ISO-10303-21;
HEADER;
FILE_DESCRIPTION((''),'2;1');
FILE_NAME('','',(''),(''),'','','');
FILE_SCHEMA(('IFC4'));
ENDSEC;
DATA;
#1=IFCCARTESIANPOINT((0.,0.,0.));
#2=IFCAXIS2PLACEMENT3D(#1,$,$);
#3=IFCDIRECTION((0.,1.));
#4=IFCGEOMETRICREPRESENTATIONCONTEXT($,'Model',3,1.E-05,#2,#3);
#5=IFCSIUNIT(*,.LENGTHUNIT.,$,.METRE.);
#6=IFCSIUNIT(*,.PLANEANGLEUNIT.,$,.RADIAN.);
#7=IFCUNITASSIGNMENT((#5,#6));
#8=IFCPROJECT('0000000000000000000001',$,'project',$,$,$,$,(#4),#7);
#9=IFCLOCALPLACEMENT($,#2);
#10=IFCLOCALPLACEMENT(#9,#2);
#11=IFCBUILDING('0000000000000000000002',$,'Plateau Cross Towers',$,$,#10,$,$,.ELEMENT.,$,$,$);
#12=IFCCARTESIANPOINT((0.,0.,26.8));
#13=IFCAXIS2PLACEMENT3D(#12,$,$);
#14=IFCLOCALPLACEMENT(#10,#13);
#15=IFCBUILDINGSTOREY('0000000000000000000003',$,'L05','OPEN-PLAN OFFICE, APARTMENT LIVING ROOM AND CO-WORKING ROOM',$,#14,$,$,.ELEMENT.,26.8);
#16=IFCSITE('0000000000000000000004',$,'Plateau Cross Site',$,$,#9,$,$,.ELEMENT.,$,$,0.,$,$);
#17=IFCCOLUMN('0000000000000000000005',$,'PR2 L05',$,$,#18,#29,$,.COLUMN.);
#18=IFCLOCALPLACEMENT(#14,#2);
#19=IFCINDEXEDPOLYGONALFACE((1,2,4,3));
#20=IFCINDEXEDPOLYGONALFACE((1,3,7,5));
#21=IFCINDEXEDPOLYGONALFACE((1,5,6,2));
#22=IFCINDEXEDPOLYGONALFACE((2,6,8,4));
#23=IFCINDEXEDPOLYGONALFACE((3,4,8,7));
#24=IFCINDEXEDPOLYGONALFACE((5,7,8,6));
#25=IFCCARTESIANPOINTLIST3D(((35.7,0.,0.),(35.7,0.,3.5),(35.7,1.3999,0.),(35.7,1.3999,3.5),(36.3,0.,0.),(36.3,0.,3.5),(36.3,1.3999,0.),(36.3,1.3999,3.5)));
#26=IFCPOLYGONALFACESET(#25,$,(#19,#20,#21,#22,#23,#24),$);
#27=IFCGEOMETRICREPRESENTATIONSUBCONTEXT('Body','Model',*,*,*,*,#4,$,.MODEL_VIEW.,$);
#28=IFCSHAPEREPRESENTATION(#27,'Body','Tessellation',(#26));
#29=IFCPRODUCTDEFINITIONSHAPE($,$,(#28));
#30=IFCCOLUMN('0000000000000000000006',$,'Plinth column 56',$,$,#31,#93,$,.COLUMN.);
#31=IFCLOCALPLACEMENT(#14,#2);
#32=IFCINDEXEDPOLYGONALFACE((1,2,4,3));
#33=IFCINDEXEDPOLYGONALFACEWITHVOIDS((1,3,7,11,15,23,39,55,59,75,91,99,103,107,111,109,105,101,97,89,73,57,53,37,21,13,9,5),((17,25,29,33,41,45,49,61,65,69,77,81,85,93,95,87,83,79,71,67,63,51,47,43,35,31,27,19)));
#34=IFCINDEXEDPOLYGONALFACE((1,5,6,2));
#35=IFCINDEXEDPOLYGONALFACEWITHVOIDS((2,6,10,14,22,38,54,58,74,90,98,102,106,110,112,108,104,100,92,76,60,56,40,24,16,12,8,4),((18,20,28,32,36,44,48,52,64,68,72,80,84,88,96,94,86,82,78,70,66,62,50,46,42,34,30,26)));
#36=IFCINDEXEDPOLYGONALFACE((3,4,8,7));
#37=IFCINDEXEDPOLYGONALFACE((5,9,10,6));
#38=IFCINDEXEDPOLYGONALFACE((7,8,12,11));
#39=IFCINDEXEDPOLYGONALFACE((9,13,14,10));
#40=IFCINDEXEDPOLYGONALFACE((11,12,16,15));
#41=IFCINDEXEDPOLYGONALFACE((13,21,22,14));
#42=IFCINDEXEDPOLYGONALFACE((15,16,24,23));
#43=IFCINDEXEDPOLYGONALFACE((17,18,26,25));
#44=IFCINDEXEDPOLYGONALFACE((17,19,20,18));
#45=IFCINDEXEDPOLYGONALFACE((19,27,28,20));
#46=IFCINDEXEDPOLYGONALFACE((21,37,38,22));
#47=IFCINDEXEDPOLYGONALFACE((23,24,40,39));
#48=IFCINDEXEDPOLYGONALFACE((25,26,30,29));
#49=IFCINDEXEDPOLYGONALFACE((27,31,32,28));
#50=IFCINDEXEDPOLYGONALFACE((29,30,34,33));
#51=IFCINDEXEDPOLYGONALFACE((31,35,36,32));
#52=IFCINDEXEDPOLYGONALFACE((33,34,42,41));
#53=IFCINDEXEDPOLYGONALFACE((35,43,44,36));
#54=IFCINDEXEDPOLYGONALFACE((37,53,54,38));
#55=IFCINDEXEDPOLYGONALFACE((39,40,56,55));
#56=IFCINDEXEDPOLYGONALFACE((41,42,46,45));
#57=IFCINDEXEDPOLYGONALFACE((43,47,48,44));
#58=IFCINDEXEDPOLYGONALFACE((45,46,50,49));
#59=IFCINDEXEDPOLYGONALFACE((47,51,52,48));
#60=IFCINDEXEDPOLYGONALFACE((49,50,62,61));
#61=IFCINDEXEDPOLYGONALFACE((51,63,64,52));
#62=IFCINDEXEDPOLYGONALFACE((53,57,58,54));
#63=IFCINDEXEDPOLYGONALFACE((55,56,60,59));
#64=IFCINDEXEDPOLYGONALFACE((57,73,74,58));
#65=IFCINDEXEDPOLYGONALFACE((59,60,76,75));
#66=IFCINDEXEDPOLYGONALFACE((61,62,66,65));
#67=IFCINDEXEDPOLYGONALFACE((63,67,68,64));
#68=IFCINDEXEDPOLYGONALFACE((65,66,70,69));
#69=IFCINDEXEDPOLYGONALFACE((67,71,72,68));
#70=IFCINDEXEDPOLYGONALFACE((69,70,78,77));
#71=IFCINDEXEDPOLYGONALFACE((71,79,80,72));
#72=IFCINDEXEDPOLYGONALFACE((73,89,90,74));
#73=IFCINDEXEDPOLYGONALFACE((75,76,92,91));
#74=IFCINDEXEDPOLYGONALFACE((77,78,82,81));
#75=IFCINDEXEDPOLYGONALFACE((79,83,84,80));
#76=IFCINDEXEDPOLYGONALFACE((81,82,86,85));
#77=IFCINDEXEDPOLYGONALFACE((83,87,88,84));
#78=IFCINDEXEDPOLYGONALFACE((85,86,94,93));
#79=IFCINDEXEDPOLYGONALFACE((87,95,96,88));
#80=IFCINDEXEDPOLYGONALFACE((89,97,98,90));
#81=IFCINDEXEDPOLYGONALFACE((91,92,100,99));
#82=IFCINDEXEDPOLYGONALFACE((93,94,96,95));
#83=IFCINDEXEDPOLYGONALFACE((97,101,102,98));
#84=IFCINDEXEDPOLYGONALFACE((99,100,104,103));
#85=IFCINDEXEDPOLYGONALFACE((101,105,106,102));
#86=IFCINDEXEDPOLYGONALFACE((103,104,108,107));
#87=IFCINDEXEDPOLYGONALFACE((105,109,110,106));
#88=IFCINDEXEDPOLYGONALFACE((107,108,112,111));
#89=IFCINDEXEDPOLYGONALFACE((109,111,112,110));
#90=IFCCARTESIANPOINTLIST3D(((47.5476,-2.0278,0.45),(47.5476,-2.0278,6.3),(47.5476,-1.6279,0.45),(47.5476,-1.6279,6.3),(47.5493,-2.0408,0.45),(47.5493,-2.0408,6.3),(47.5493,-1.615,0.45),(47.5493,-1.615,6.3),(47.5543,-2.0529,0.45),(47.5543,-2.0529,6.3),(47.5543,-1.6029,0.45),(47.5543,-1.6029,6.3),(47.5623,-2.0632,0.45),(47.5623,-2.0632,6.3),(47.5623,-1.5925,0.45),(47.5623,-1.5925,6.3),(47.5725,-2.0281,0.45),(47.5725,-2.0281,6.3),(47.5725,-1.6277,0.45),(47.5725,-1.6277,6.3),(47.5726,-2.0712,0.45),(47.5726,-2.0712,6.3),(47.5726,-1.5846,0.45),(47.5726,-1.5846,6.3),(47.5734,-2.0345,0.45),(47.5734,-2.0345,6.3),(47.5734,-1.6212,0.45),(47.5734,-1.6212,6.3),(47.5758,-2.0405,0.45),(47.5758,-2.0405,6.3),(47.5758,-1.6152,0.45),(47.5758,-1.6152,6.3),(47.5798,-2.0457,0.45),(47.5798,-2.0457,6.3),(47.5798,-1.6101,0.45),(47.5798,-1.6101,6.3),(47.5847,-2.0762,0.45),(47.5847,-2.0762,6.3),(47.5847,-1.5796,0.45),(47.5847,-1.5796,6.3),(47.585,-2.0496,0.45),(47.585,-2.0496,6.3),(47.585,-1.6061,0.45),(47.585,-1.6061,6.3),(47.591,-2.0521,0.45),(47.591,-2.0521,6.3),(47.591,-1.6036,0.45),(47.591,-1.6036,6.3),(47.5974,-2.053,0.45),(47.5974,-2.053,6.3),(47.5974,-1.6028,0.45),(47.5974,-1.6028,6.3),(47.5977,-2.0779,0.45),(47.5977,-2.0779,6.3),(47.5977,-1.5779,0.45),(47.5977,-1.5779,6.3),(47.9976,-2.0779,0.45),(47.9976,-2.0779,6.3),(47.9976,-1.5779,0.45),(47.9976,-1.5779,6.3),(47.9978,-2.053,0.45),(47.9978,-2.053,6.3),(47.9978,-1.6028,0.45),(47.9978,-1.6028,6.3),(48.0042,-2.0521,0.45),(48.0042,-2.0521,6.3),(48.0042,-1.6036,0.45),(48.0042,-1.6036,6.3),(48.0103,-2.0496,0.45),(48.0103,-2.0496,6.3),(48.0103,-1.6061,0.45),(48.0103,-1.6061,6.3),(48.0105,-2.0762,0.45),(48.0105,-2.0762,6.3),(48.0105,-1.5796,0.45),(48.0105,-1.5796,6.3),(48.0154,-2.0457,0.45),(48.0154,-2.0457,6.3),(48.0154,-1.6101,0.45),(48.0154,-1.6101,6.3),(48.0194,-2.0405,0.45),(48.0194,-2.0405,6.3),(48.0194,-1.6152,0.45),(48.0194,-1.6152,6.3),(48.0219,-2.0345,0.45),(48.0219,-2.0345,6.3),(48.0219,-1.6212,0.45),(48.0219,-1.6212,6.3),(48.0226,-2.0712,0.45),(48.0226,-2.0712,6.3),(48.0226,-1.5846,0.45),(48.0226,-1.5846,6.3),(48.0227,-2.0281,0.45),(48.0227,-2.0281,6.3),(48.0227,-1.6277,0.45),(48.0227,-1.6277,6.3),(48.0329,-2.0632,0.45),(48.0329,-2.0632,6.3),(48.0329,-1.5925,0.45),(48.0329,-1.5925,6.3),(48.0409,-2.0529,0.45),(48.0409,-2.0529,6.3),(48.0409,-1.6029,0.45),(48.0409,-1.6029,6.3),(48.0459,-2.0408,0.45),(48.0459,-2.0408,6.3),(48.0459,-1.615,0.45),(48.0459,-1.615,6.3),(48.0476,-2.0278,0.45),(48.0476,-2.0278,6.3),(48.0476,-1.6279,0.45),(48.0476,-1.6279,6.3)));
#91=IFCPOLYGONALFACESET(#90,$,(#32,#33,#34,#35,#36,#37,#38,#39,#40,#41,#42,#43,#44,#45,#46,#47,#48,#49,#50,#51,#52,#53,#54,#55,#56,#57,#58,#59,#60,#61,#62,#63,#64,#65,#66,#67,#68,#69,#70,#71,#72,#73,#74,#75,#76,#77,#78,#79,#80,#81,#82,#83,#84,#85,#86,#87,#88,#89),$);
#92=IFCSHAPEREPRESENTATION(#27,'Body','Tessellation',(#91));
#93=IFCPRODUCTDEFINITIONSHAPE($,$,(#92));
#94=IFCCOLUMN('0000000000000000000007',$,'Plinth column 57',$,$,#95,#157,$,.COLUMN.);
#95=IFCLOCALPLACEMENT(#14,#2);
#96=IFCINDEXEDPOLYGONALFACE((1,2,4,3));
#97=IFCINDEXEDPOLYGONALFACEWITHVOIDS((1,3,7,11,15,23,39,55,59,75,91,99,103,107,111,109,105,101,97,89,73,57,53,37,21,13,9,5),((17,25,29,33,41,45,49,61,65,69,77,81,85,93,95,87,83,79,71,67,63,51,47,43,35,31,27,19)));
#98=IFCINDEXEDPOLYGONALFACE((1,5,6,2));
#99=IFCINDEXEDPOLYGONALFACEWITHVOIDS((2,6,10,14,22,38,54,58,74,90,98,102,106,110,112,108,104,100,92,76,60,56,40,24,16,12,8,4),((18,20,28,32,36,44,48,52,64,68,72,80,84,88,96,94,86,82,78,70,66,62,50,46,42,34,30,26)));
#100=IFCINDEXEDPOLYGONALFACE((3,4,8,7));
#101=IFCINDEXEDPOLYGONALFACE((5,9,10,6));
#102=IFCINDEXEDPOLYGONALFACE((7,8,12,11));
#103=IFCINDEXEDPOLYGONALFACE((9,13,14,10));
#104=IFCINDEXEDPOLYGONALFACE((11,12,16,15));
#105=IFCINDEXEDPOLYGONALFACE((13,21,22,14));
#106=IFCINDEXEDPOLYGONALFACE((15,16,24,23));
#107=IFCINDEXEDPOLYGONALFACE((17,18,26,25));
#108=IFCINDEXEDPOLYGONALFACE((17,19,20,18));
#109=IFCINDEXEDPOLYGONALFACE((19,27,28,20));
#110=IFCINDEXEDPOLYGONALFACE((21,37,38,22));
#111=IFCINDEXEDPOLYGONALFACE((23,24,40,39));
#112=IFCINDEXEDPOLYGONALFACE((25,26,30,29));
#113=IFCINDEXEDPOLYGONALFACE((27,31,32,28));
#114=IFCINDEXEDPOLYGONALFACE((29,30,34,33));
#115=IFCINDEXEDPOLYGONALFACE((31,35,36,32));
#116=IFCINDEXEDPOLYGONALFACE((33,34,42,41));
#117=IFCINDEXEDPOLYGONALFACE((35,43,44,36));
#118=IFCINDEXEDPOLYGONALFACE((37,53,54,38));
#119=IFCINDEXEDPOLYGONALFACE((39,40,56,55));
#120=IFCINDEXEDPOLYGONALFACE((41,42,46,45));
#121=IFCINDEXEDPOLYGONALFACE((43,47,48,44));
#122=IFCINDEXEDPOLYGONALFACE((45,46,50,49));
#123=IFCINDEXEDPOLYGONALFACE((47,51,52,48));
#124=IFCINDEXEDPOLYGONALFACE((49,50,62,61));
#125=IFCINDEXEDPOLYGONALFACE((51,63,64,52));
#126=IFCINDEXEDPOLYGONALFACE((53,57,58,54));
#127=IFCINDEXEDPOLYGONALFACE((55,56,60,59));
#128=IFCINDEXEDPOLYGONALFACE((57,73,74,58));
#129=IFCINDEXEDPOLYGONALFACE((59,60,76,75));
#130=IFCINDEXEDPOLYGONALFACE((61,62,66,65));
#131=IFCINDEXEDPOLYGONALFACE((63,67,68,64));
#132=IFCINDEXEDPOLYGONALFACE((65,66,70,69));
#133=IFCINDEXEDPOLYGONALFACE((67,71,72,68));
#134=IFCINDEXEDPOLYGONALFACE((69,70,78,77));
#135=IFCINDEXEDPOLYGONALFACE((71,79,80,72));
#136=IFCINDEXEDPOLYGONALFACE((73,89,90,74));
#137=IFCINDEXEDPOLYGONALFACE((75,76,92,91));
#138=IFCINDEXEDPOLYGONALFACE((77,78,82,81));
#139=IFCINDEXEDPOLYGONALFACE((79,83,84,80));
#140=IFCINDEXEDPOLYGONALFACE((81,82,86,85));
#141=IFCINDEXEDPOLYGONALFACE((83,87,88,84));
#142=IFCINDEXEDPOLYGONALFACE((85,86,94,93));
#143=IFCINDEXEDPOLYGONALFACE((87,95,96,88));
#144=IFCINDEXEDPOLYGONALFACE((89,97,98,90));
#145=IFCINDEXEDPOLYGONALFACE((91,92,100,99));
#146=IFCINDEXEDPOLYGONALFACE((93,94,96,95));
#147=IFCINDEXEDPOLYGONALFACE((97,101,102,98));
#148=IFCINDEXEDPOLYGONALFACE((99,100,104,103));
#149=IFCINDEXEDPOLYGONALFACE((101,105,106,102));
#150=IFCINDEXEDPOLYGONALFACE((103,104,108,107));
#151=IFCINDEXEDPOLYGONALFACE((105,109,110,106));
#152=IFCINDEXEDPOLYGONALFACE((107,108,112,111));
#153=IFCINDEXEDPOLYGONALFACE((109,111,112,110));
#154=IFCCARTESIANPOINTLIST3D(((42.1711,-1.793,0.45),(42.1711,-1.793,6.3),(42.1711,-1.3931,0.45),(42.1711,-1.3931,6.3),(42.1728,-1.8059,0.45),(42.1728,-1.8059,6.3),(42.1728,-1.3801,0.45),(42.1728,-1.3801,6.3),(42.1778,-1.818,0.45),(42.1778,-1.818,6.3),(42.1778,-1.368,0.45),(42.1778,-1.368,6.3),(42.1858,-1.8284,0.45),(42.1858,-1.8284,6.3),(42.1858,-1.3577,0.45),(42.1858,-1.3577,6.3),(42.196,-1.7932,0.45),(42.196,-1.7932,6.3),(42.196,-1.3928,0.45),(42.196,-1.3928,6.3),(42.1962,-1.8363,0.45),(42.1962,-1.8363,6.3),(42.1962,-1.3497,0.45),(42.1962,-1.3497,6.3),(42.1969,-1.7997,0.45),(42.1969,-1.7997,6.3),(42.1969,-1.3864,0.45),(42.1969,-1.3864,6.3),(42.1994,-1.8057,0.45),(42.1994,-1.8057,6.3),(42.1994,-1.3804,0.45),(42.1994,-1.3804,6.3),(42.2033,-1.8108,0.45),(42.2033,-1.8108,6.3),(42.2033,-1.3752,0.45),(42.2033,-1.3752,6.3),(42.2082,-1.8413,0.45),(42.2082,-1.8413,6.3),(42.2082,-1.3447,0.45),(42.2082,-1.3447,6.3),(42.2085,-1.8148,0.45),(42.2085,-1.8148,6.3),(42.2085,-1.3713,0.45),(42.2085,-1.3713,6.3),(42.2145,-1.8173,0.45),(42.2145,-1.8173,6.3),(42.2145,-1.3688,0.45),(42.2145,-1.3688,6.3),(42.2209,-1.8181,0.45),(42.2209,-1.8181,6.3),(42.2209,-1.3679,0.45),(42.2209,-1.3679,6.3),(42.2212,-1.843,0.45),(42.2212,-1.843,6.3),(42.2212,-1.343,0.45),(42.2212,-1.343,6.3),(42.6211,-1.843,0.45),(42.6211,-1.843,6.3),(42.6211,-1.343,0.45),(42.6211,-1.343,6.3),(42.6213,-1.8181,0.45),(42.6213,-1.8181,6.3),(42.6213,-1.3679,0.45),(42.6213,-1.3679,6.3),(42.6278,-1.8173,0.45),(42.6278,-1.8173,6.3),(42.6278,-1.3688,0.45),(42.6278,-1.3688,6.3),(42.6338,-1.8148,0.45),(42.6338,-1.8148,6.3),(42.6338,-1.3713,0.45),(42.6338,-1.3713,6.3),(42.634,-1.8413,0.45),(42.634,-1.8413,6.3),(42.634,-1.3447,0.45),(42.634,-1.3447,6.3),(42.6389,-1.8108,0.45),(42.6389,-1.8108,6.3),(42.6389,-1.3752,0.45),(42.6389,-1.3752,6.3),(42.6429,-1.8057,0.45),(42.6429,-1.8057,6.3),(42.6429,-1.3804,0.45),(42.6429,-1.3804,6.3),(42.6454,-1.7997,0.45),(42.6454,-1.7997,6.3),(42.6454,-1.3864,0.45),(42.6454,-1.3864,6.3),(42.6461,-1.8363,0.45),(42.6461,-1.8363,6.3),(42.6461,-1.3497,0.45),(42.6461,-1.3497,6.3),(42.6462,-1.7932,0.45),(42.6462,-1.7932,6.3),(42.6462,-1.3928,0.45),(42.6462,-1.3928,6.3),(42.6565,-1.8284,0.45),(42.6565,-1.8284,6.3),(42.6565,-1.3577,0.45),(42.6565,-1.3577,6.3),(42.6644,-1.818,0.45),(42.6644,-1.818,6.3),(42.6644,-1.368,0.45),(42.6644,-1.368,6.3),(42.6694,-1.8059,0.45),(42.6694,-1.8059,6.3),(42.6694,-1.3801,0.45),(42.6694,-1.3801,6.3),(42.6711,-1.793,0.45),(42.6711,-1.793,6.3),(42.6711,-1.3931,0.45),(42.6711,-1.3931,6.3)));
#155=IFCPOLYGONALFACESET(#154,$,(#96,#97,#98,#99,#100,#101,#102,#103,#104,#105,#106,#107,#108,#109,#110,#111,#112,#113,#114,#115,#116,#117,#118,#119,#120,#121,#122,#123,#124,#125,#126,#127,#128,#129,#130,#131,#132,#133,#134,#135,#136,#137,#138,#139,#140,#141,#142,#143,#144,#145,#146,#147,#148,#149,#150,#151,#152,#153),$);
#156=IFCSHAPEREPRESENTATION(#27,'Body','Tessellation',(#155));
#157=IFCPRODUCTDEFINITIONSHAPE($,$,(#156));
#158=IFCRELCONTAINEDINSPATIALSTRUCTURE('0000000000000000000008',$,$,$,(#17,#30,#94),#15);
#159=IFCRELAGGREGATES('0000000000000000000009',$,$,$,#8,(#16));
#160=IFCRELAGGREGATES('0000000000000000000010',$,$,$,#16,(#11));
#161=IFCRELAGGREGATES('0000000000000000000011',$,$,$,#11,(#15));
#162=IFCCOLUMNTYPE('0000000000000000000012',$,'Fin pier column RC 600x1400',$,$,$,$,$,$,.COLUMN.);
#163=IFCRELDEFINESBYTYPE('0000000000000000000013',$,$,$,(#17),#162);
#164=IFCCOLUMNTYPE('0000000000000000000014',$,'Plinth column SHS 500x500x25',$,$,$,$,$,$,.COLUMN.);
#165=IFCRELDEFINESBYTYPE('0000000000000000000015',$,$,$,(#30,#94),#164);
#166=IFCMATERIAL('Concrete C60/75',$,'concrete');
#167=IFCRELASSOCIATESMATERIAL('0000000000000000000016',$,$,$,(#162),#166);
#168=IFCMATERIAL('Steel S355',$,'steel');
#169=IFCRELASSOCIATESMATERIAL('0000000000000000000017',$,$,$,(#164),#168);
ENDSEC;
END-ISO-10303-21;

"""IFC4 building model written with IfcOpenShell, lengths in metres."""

from ifc_helpers import new_model, si_unit, direction, frame, origin, origin_2d, place, context, subcontext, project, spatial, rectangle, hollow_rectangle, extrude, material, material_profile, profile_set, type_object, element, save


model = new_model("IFC4")

# Units and contexts
model_context = context("Model", 3, precision=1e-05, world=origin(), true_north=direction((0.0, 1.0)))
body_context = subcontext(model_context, "Body", "Model", "MODEL_VIEW")
ifc_project = project(units=[si_unit("LENGTHUNIT", "METRE"), si_unit("PLANEANGLEUNIT", "RADIAN")], contexts=[model_context])

# Site, building, storey
site_placement = place(None, origin())
site = spatial("IfcSite", under=ifc_project, at=site_placement, Name="Plateau Cross Site", CompositionType="ELEMENT", RefElevation=0.0)
building_placement = place(site_placement, origin())
building = spatial("IfcBuilding", under=site, at=building_placement, Name="Plateau Cross Towers", CompositionType="ELEMENT")
storey_placement = place(building_placement, frame((0.0, 0.0, 26.8)))
storey = spatial("IfcBuildingStorey", under=building, at=storey_placement, Name="L05", Description="OPEN-PLAN OFFICE, APARTMENT LIVING ROOM AND CO-WORKING ROOM", CompositionType="ELEMENT", Elevation=26.8)

# Columns
ifc_material_1 = material(Name="Concrete C60/75", Category="concrete")
ifc_material_profile_1 = material_profile(ifc_material_1, rectangle(XDim=0.6001, YDim=1.3999, at=origin_2d()), Name="RC 600x1400")
ifc_profile_set_1 = profile_set([ifc_material_profile_1], Name="Concrete C60/75")
column_type_1 = type_object("IfcColumnType", Name="Fin pier column RC 600x1400", PredefinedType="COLUMN", material=ifc_profile_set_1)
column_placement = place(storey_placement, frame((36.0, 0.7, 0.0), z_axis=(0.0, 0.0, 1.0), x_axis=(1.0, 0.0, 0.0)))
element("IfcColumn", 1, at=column_placement, inside=storey, type_object=column_type_1, Name="PR2 L05", PredefinedType="COLUMN", context=body_context, shape_type="SweptSolid", body=[
    extrude(rectangle(XDim=0.6001, YDim=1.3999, at=origin_2d()), origin(), (0.0, 0.0, 1.0), 3.5),
])
ifc_material_2 = material(Name="Steel S355", Category="steel")
ifc_material_profile_2 = material_profile(ifc_material_2, hollow_rectangle(XDim=0.5, YDim=0.5, WallThickness=0.0249, InnerFilletRadius=0.0249, OuterFilletRadius=0.05, at=origin_2d()), Name="SHS 500x500x25")
ifc_profile_set_2 = profile_set([ifc_material_profile_2], Name="Steel S355")
column_type_2 = type_object("IfcColumnType", Name="Plinth column SHS 500x500x25", PredefinedType="COLUMN", material=ifc_profile_set_2)
for number, where, z_axis, x_axis, name in (
    (2, (47.7976, -1.8279, 0.45), (0.0, 0.0, 1.0), (1.0, 0.0, 0.0), "Plinth column 56"),
    (3, (42.4211, -1.593, 0.45), (0.0, 0.0, 1.0), (1.0, 0.0, 0.0), "Plinth column 57"),
):
    element("IfcColumn", number, at=place(storey_placement, frame(where, z_axis=z_axis, x_axis=x_axis)), inside=storey, type_object=column_type_2, Name=name, PredefinedType="COLUMN", context=body_context, shape_type="SweptSolid", body=[
        extrude(hollow_rectangle(XDim=0.5, YDim=0.5, WallThickness=0.0249, InnerFilletRadius=0.0249, OuterFilletRadius=0.05, at=origin_2d()), origin(), (0.0, 0.0, 1.0), 5.8501),
    ])

save(model, "model.ifc")
